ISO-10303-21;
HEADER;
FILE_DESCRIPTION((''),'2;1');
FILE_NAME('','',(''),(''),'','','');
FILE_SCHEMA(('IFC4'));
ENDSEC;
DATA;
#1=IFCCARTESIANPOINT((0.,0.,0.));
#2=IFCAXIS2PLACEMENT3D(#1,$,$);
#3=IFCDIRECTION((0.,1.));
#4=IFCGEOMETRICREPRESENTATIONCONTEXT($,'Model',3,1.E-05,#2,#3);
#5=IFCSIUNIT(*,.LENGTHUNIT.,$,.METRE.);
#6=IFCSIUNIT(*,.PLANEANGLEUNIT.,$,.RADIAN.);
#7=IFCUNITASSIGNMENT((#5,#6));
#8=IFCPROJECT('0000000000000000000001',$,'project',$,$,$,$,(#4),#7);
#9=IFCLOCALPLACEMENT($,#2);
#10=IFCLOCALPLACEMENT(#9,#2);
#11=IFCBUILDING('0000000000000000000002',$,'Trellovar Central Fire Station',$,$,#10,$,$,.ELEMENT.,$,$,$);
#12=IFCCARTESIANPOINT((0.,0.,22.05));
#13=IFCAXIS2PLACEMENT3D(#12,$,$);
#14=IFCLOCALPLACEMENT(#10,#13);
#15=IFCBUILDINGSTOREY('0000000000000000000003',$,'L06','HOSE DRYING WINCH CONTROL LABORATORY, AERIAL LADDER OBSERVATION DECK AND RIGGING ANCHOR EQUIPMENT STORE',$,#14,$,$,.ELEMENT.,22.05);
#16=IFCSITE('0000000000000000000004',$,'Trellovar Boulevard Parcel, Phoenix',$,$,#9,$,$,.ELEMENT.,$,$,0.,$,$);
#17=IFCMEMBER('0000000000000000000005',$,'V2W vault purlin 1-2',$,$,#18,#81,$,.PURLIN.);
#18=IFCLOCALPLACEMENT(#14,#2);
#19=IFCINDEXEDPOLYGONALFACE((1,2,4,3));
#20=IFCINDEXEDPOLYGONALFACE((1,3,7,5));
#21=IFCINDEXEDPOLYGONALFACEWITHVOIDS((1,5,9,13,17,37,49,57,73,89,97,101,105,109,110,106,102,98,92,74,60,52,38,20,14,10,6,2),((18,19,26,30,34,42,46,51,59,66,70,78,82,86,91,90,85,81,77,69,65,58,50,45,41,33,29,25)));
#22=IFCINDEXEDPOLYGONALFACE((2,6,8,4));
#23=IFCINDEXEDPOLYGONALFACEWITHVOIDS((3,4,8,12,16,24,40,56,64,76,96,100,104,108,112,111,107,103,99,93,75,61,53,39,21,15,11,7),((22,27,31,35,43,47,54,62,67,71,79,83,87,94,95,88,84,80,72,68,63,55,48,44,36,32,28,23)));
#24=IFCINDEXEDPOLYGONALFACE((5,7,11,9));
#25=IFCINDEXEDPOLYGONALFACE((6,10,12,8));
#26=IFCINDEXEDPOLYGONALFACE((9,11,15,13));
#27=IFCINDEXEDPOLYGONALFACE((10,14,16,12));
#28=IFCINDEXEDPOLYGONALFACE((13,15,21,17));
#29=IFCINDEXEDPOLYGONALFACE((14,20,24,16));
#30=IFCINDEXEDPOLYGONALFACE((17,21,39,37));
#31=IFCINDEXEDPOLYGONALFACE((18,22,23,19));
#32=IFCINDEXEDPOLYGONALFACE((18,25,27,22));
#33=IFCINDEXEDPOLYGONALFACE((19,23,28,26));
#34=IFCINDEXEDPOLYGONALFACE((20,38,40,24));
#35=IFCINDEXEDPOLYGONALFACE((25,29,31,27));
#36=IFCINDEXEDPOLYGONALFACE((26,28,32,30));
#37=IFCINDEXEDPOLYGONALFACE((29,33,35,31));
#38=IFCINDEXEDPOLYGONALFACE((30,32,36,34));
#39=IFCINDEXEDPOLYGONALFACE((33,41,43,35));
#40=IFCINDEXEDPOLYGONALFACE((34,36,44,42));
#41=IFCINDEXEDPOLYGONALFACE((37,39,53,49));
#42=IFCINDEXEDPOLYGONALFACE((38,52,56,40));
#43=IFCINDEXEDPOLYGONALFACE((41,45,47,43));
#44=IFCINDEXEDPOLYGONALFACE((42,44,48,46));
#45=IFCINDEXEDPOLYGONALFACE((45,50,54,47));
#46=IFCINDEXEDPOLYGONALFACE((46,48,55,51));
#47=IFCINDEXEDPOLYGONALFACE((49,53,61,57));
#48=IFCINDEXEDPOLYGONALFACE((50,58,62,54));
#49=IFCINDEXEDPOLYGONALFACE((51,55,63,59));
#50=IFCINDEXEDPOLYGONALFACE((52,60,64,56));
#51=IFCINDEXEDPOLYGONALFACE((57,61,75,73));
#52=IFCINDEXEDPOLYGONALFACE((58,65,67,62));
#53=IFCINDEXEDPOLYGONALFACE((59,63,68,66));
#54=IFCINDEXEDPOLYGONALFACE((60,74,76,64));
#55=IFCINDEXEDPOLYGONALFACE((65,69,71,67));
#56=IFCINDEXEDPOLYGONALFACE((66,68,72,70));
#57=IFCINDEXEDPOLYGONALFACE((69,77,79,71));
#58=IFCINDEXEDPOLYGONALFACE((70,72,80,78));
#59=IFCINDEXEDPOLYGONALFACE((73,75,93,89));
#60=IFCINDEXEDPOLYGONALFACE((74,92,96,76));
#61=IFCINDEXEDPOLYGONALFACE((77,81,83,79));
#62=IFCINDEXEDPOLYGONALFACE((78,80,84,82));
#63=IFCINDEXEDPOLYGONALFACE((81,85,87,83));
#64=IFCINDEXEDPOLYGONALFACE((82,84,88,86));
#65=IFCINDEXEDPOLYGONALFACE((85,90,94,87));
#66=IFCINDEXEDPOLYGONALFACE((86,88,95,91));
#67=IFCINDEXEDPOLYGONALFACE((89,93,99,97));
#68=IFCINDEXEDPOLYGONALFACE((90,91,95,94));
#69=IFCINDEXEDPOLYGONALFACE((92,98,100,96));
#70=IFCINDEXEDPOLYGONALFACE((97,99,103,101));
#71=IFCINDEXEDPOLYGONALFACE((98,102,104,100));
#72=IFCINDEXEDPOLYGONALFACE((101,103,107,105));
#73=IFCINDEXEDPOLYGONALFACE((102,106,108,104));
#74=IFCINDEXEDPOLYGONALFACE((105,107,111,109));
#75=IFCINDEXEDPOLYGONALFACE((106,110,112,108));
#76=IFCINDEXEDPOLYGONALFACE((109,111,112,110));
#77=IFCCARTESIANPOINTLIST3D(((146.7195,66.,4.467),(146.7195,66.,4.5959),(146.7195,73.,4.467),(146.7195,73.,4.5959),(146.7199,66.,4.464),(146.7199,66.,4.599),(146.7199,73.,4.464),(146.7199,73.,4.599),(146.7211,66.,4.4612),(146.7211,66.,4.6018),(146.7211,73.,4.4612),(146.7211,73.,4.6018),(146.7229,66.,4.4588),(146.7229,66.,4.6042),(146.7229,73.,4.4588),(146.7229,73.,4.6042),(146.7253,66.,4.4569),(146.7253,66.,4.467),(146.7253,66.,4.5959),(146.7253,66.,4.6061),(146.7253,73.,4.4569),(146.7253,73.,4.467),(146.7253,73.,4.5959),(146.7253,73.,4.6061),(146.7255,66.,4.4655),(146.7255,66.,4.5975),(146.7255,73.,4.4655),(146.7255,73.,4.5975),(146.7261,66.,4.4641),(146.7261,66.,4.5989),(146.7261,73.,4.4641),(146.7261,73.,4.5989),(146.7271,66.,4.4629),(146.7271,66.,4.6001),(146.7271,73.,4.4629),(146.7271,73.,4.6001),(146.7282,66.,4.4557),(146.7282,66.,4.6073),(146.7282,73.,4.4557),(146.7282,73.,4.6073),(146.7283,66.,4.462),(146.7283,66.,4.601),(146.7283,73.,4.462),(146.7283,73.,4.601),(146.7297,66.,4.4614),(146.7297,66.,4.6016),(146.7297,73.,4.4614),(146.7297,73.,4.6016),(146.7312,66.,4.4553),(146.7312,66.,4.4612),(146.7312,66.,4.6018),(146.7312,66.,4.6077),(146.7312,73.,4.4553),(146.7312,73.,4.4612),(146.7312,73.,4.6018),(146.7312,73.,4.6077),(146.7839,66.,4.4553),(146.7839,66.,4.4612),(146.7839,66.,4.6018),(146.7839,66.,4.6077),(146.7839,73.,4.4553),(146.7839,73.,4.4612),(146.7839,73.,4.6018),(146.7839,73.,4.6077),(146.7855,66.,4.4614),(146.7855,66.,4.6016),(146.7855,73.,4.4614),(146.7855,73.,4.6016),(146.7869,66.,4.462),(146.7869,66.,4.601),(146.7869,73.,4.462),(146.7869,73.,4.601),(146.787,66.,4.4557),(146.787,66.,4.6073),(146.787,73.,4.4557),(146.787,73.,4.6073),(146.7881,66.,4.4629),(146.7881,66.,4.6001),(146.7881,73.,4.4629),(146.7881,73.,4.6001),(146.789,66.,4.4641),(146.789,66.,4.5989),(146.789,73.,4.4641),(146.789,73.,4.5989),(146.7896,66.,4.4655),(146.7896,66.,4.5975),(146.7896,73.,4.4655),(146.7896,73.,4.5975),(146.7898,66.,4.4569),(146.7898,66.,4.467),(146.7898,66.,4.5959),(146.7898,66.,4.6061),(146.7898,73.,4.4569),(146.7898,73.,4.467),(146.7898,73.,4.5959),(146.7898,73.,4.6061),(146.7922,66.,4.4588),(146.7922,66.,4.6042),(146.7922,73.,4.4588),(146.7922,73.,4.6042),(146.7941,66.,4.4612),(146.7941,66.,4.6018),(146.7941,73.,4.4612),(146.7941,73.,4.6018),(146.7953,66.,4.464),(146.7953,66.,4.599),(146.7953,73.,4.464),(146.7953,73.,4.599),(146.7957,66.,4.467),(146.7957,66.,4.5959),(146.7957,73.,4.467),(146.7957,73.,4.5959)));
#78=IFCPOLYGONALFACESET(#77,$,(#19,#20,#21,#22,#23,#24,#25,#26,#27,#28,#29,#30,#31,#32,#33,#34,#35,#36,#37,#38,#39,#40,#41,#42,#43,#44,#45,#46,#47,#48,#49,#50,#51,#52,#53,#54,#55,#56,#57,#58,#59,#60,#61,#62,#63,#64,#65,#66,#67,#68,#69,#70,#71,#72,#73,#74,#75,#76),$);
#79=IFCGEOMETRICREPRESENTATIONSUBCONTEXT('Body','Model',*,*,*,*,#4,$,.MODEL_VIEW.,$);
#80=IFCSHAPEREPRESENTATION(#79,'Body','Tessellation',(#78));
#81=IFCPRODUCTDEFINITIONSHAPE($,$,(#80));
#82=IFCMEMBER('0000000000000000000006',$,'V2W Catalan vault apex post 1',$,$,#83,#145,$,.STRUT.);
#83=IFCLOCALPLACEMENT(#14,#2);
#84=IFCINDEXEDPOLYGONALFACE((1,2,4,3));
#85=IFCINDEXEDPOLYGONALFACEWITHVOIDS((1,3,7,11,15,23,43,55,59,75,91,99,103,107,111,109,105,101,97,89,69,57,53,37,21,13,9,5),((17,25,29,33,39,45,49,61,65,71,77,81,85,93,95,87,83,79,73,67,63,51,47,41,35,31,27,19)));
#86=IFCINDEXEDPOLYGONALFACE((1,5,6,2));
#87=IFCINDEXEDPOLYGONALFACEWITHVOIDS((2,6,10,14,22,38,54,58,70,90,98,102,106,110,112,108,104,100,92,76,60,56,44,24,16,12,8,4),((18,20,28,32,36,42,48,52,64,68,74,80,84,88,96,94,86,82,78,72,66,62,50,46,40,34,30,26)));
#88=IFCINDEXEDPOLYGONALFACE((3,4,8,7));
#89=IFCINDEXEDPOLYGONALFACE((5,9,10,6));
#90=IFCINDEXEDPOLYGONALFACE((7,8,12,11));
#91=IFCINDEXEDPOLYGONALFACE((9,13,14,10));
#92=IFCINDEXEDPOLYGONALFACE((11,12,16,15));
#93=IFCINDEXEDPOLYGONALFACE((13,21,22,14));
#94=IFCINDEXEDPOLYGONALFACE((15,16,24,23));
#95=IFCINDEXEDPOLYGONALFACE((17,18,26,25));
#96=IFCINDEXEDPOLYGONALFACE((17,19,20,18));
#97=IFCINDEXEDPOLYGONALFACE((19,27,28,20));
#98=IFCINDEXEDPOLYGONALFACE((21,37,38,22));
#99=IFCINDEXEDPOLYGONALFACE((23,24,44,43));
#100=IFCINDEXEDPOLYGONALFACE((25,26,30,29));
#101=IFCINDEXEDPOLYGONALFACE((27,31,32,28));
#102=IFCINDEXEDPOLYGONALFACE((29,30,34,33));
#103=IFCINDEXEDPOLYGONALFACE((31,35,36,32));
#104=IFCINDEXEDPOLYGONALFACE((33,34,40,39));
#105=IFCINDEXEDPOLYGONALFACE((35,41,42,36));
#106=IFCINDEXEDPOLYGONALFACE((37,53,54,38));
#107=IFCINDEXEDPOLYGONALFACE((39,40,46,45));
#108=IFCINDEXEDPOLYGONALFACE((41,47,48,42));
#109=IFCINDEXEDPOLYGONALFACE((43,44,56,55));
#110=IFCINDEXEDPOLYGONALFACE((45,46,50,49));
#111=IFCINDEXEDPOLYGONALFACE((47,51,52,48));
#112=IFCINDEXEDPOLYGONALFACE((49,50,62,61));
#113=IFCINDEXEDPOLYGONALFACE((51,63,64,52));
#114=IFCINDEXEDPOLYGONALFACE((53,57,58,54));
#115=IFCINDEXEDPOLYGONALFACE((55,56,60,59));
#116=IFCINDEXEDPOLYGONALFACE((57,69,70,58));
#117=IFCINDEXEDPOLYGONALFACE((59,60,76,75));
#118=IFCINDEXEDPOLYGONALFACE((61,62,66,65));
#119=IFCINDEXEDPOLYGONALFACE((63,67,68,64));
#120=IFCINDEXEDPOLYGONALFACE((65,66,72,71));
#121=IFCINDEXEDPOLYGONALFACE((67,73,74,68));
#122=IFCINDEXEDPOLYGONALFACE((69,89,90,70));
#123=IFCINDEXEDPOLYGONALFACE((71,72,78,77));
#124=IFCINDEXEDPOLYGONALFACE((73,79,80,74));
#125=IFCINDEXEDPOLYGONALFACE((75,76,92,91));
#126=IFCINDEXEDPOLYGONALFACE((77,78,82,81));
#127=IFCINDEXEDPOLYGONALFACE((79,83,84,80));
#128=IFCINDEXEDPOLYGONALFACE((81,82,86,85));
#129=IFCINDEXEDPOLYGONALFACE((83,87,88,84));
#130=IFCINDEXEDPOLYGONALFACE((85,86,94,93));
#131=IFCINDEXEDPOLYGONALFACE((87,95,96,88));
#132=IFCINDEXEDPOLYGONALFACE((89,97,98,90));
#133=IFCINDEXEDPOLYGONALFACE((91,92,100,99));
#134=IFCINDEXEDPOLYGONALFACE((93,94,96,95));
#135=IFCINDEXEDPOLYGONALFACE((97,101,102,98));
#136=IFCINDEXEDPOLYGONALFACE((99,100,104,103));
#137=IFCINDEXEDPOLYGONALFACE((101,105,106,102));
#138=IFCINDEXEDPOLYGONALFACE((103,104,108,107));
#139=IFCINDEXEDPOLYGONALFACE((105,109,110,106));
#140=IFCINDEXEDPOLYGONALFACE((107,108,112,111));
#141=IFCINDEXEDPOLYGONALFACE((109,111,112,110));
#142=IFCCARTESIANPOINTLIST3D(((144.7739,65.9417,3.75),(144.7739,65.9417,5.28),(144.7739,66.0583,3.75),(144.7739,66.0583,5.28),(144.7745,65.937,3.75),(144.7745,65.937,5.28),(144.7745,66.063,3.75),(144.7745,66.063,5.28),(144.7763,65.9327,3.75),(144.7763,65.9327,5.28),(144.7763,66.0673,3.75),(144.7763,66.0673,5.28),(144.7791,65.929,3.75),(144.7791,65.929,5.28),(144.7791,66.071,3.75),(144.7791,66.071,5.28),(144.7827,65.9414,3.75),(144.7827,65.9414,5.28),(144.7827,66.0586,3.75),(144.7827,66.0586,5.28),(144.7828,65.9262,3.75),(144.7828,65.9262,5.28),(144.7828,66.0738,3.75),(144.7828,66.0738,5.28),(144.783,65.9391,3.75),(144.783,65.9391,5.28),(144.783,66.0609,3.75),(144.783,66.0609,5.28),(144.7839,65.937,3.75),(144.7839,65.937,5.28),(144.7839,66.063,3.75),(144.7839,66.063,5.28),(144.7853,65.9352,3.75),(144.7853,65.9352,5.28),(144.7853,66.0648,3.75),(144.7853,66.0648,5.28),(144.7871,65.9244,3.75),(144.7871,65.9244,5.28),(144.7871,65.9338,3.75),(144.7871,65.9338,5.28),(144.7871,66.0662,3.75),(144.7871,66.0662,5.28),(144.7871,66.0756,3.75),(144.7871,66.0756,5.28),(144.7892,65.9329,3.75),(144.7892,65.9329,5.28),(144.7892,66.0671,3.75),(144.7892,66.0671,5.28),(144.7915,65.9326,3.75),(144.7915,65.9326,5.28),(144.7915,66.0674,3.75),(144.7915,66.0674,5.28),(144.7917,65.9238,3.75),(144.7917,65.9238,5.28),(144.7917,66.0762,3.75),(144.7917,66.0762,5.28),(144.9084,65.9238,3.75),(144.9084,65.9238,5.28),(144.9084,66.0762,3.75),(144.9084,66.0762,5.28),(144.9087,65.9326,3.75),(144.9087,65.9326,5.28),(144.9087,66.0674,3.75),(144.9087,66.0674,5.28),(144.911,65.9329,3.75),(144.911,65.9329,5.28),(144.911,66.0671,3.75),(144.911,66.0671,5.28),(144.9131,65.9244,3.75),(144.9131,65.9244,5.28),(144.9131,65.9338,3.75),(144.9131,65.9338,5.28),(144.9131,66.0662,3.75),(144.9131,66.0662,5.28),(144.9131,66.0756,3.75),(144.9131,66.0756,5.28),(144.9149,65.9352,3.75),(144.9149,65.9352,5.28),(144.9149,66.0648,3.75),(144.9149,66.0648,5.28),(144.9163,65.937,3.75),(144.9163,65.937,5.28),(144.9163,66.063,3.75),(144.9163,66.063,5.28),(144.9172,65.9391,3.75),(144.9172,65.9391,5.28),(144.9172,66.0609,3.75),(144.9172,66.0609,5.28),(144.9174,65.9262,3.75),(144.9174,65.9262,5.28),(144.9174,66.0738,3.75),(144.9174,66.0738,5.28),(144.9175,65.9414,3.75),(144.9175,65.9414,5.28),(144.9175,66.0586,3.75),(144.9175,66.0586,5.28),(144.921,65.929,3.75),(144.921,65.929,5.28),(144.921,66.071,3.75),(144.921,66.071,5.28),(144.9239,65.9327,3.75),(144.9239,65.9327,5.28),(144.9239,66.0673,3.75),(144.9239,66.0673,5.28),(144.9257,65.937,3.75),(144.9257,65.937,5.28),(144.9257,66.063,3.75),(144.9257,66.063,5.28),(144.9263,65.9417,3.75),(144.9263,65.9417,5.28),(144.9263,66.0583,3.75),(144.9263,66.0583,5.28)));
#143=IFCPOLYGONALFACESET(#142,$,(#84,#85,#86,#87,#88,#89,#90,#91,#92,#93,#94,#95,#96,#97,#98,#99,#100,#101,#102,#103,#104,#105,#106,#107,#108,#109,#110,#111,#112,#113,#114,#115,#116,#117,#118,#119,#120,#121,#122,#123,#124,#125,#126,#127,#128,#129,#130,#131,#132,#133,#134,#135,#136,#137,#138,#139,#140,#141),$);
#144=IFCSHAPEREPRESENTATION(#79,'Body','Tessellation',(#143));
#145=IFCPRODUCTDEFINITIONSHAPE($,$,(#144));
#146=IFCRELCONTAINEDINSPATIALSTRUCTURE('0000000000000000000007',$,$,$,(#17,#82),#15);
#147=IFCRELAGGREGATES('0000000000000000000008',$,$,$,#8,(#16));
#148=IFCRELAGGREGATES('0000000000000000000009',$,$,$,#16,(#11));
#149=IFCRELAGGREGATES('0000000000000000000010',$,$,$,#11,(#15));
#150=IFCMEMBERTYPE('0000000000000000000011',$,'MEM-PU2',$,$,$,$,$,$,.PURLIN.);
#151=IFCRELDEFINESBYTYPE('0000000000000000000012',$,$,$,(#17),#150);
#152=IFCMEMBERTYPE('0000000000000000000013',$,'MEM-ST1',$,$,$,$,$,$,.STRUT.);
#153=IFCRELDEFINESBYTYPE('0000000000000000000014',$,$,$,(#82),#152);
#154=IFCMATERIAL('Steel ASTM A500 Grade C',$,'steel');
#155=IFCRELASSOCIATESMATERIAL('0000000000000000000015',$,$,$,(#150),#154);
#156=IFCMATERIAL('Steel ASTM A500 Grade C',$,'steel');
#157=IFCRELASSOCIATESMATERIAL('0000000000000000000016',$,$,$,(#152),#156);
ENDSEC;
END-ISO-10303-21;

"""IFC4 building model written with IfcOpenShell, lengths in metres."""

from ifc_helpers import new_model, si_unit, direction, frame, origin, origin_2d, place, context, subcontext, project, spatial, hollow_rectangle, extrude, material, material_profile, profile_set, type_object, element, save


model = new_model("IFC4")

# Units and contexts
model_context = context("Model", 3, precision=1e-05, world=origin(), true_north=direction((0.0, 1.0)))
body_context = subcontext(model_context, "Body", "Model", "MODEL_VIEW")
ifc_project = project(units=[si_unit("LENGTHUNIT", "METRE"), si_unit("PLANEANGLEUNIT", "RADIAN")], contexts=[model_context])

# Site, building, storey
site_placement = place(None, origin())
site = spatial("IfcSite", under=ifc_project, at=site_placement, Name="Trellovar Boulevard Parcel, Phoenix", CompositionType="ELEMENT", RefElevation=0.0)
building_placement = place(site_placement, origin())
building = spatial("IfcBuilding", under=site, at=building_placement, Name="Trellovar Central Fire Station", CompositionType="ELEMENT")
storey_placement = place(building_placement, frame((0.0, 0.0, 22.05)))
storey = spatial("IfcBuildingStorey", under=building, at=storey_placement, Name="L06", Description="HOSE DRYING WINCH CONTROL LABORATORY, AERIAL LADDER OBSERVATION DECK AND RIGGING ANCHOR EQUIPMENT STORE", CompositionType="ELEMENT", Elevation=22.05)

# Members
ifc_material_1 = material(Name="Steel ASTM A500 Grade C", Category="steel")
ifc_material_profile_1 = material_profile(ifc_material_1, hollow_rectangle(XDim=0.0762, YDim=0.1523, WallThickness=0.0059, InnerFilletRadius=0.0059, OuterFilletRadius=0.0117, at=origin_2d()), Name="HSS6X3X1/4")
ifc_profile_set_1 = profile_set([ifc_material_profile_1], Name="Steel ASTM A500 Grade C")
member_type_1 = type_object("IfcMemberType", Name="MEM-PU2", PredefinedType="PURLIN", material=ifc_profile_set_1)
for number, where, z_axis, x_axis, name in (
    (1, (146.7576, 66.0, 4.5315), (0.0, 1.0, 0.0), (-1.0, 0.0, 0.0), "V2W vault purlin 1-2"),
):
    element("IfcMember", number, at=place(storey_placement, frame(where, z_axis=z_axis, x_axis=x_axis)), inside=storey, type_object=member_type_1, Name=name, PredefinedType="PURLIN", context=body_context, shape_type="SweptSolid", body=[
        extrude(hollow_rectangle(XDim=0.0762, YDim=0.1523, WallThickness=0.0059, InnerFilletRadius=0.0059, OuterFilletRadius=0.0117, at=origin_2d()), origin(), (0.0, 0.0, 1.0), 7.0),
    ])
ifc_material_2 = material(Name="Steel ASTM A500 Grade C", Category="steel")
ifc_material_profile_2 = material_profile(ifc_material_2, hollow_rectangle(XDim=0.1523, YDim=0.1523, WallThickness=0.0088, InnerFilletRadius=0.0088, OuterFilletRadius=0.0178, at=origin_2d()), Name="HSS6X6X3/8")
ifc_profile_set_2 = profile_set([ifc_material_profile_2], Name="Steel ASTM A500 Grade C")
member_type_2 = type_object("IfcMemberType", Name="MEM-ST1", PredefinedType="STRUT", material=ifc_profile_set_2)
for number, where, z_axis, x_axis, name in (
    (2, (144.8501, 66.0, 3.75), (0.0, 0.0, 1.0), (1.0, 0.0, 0.0), "V2W Catalan vault apex post 1"),
):
    element("IfcMember", number, at=place(storey_placement, frame(where, z_axis=z_axis, x_axis=x_axis)), inside=storey, type_object=member_type_2, Name=name, PredefinedType="STRUT", context=body_context, shape_type="SweptSolid", body=[
        extrude(hollow_rectangle(XDim=0.1523, YDim=0.1523, WallThickness=0.0088, InnerFilletRadius=0.0088, OuterFilletRadius=0.0178, at=origin_2d()), origin(), (0.0, 0.0, 1.0), 1.53),
    ])

save(model, "model.ifc")
